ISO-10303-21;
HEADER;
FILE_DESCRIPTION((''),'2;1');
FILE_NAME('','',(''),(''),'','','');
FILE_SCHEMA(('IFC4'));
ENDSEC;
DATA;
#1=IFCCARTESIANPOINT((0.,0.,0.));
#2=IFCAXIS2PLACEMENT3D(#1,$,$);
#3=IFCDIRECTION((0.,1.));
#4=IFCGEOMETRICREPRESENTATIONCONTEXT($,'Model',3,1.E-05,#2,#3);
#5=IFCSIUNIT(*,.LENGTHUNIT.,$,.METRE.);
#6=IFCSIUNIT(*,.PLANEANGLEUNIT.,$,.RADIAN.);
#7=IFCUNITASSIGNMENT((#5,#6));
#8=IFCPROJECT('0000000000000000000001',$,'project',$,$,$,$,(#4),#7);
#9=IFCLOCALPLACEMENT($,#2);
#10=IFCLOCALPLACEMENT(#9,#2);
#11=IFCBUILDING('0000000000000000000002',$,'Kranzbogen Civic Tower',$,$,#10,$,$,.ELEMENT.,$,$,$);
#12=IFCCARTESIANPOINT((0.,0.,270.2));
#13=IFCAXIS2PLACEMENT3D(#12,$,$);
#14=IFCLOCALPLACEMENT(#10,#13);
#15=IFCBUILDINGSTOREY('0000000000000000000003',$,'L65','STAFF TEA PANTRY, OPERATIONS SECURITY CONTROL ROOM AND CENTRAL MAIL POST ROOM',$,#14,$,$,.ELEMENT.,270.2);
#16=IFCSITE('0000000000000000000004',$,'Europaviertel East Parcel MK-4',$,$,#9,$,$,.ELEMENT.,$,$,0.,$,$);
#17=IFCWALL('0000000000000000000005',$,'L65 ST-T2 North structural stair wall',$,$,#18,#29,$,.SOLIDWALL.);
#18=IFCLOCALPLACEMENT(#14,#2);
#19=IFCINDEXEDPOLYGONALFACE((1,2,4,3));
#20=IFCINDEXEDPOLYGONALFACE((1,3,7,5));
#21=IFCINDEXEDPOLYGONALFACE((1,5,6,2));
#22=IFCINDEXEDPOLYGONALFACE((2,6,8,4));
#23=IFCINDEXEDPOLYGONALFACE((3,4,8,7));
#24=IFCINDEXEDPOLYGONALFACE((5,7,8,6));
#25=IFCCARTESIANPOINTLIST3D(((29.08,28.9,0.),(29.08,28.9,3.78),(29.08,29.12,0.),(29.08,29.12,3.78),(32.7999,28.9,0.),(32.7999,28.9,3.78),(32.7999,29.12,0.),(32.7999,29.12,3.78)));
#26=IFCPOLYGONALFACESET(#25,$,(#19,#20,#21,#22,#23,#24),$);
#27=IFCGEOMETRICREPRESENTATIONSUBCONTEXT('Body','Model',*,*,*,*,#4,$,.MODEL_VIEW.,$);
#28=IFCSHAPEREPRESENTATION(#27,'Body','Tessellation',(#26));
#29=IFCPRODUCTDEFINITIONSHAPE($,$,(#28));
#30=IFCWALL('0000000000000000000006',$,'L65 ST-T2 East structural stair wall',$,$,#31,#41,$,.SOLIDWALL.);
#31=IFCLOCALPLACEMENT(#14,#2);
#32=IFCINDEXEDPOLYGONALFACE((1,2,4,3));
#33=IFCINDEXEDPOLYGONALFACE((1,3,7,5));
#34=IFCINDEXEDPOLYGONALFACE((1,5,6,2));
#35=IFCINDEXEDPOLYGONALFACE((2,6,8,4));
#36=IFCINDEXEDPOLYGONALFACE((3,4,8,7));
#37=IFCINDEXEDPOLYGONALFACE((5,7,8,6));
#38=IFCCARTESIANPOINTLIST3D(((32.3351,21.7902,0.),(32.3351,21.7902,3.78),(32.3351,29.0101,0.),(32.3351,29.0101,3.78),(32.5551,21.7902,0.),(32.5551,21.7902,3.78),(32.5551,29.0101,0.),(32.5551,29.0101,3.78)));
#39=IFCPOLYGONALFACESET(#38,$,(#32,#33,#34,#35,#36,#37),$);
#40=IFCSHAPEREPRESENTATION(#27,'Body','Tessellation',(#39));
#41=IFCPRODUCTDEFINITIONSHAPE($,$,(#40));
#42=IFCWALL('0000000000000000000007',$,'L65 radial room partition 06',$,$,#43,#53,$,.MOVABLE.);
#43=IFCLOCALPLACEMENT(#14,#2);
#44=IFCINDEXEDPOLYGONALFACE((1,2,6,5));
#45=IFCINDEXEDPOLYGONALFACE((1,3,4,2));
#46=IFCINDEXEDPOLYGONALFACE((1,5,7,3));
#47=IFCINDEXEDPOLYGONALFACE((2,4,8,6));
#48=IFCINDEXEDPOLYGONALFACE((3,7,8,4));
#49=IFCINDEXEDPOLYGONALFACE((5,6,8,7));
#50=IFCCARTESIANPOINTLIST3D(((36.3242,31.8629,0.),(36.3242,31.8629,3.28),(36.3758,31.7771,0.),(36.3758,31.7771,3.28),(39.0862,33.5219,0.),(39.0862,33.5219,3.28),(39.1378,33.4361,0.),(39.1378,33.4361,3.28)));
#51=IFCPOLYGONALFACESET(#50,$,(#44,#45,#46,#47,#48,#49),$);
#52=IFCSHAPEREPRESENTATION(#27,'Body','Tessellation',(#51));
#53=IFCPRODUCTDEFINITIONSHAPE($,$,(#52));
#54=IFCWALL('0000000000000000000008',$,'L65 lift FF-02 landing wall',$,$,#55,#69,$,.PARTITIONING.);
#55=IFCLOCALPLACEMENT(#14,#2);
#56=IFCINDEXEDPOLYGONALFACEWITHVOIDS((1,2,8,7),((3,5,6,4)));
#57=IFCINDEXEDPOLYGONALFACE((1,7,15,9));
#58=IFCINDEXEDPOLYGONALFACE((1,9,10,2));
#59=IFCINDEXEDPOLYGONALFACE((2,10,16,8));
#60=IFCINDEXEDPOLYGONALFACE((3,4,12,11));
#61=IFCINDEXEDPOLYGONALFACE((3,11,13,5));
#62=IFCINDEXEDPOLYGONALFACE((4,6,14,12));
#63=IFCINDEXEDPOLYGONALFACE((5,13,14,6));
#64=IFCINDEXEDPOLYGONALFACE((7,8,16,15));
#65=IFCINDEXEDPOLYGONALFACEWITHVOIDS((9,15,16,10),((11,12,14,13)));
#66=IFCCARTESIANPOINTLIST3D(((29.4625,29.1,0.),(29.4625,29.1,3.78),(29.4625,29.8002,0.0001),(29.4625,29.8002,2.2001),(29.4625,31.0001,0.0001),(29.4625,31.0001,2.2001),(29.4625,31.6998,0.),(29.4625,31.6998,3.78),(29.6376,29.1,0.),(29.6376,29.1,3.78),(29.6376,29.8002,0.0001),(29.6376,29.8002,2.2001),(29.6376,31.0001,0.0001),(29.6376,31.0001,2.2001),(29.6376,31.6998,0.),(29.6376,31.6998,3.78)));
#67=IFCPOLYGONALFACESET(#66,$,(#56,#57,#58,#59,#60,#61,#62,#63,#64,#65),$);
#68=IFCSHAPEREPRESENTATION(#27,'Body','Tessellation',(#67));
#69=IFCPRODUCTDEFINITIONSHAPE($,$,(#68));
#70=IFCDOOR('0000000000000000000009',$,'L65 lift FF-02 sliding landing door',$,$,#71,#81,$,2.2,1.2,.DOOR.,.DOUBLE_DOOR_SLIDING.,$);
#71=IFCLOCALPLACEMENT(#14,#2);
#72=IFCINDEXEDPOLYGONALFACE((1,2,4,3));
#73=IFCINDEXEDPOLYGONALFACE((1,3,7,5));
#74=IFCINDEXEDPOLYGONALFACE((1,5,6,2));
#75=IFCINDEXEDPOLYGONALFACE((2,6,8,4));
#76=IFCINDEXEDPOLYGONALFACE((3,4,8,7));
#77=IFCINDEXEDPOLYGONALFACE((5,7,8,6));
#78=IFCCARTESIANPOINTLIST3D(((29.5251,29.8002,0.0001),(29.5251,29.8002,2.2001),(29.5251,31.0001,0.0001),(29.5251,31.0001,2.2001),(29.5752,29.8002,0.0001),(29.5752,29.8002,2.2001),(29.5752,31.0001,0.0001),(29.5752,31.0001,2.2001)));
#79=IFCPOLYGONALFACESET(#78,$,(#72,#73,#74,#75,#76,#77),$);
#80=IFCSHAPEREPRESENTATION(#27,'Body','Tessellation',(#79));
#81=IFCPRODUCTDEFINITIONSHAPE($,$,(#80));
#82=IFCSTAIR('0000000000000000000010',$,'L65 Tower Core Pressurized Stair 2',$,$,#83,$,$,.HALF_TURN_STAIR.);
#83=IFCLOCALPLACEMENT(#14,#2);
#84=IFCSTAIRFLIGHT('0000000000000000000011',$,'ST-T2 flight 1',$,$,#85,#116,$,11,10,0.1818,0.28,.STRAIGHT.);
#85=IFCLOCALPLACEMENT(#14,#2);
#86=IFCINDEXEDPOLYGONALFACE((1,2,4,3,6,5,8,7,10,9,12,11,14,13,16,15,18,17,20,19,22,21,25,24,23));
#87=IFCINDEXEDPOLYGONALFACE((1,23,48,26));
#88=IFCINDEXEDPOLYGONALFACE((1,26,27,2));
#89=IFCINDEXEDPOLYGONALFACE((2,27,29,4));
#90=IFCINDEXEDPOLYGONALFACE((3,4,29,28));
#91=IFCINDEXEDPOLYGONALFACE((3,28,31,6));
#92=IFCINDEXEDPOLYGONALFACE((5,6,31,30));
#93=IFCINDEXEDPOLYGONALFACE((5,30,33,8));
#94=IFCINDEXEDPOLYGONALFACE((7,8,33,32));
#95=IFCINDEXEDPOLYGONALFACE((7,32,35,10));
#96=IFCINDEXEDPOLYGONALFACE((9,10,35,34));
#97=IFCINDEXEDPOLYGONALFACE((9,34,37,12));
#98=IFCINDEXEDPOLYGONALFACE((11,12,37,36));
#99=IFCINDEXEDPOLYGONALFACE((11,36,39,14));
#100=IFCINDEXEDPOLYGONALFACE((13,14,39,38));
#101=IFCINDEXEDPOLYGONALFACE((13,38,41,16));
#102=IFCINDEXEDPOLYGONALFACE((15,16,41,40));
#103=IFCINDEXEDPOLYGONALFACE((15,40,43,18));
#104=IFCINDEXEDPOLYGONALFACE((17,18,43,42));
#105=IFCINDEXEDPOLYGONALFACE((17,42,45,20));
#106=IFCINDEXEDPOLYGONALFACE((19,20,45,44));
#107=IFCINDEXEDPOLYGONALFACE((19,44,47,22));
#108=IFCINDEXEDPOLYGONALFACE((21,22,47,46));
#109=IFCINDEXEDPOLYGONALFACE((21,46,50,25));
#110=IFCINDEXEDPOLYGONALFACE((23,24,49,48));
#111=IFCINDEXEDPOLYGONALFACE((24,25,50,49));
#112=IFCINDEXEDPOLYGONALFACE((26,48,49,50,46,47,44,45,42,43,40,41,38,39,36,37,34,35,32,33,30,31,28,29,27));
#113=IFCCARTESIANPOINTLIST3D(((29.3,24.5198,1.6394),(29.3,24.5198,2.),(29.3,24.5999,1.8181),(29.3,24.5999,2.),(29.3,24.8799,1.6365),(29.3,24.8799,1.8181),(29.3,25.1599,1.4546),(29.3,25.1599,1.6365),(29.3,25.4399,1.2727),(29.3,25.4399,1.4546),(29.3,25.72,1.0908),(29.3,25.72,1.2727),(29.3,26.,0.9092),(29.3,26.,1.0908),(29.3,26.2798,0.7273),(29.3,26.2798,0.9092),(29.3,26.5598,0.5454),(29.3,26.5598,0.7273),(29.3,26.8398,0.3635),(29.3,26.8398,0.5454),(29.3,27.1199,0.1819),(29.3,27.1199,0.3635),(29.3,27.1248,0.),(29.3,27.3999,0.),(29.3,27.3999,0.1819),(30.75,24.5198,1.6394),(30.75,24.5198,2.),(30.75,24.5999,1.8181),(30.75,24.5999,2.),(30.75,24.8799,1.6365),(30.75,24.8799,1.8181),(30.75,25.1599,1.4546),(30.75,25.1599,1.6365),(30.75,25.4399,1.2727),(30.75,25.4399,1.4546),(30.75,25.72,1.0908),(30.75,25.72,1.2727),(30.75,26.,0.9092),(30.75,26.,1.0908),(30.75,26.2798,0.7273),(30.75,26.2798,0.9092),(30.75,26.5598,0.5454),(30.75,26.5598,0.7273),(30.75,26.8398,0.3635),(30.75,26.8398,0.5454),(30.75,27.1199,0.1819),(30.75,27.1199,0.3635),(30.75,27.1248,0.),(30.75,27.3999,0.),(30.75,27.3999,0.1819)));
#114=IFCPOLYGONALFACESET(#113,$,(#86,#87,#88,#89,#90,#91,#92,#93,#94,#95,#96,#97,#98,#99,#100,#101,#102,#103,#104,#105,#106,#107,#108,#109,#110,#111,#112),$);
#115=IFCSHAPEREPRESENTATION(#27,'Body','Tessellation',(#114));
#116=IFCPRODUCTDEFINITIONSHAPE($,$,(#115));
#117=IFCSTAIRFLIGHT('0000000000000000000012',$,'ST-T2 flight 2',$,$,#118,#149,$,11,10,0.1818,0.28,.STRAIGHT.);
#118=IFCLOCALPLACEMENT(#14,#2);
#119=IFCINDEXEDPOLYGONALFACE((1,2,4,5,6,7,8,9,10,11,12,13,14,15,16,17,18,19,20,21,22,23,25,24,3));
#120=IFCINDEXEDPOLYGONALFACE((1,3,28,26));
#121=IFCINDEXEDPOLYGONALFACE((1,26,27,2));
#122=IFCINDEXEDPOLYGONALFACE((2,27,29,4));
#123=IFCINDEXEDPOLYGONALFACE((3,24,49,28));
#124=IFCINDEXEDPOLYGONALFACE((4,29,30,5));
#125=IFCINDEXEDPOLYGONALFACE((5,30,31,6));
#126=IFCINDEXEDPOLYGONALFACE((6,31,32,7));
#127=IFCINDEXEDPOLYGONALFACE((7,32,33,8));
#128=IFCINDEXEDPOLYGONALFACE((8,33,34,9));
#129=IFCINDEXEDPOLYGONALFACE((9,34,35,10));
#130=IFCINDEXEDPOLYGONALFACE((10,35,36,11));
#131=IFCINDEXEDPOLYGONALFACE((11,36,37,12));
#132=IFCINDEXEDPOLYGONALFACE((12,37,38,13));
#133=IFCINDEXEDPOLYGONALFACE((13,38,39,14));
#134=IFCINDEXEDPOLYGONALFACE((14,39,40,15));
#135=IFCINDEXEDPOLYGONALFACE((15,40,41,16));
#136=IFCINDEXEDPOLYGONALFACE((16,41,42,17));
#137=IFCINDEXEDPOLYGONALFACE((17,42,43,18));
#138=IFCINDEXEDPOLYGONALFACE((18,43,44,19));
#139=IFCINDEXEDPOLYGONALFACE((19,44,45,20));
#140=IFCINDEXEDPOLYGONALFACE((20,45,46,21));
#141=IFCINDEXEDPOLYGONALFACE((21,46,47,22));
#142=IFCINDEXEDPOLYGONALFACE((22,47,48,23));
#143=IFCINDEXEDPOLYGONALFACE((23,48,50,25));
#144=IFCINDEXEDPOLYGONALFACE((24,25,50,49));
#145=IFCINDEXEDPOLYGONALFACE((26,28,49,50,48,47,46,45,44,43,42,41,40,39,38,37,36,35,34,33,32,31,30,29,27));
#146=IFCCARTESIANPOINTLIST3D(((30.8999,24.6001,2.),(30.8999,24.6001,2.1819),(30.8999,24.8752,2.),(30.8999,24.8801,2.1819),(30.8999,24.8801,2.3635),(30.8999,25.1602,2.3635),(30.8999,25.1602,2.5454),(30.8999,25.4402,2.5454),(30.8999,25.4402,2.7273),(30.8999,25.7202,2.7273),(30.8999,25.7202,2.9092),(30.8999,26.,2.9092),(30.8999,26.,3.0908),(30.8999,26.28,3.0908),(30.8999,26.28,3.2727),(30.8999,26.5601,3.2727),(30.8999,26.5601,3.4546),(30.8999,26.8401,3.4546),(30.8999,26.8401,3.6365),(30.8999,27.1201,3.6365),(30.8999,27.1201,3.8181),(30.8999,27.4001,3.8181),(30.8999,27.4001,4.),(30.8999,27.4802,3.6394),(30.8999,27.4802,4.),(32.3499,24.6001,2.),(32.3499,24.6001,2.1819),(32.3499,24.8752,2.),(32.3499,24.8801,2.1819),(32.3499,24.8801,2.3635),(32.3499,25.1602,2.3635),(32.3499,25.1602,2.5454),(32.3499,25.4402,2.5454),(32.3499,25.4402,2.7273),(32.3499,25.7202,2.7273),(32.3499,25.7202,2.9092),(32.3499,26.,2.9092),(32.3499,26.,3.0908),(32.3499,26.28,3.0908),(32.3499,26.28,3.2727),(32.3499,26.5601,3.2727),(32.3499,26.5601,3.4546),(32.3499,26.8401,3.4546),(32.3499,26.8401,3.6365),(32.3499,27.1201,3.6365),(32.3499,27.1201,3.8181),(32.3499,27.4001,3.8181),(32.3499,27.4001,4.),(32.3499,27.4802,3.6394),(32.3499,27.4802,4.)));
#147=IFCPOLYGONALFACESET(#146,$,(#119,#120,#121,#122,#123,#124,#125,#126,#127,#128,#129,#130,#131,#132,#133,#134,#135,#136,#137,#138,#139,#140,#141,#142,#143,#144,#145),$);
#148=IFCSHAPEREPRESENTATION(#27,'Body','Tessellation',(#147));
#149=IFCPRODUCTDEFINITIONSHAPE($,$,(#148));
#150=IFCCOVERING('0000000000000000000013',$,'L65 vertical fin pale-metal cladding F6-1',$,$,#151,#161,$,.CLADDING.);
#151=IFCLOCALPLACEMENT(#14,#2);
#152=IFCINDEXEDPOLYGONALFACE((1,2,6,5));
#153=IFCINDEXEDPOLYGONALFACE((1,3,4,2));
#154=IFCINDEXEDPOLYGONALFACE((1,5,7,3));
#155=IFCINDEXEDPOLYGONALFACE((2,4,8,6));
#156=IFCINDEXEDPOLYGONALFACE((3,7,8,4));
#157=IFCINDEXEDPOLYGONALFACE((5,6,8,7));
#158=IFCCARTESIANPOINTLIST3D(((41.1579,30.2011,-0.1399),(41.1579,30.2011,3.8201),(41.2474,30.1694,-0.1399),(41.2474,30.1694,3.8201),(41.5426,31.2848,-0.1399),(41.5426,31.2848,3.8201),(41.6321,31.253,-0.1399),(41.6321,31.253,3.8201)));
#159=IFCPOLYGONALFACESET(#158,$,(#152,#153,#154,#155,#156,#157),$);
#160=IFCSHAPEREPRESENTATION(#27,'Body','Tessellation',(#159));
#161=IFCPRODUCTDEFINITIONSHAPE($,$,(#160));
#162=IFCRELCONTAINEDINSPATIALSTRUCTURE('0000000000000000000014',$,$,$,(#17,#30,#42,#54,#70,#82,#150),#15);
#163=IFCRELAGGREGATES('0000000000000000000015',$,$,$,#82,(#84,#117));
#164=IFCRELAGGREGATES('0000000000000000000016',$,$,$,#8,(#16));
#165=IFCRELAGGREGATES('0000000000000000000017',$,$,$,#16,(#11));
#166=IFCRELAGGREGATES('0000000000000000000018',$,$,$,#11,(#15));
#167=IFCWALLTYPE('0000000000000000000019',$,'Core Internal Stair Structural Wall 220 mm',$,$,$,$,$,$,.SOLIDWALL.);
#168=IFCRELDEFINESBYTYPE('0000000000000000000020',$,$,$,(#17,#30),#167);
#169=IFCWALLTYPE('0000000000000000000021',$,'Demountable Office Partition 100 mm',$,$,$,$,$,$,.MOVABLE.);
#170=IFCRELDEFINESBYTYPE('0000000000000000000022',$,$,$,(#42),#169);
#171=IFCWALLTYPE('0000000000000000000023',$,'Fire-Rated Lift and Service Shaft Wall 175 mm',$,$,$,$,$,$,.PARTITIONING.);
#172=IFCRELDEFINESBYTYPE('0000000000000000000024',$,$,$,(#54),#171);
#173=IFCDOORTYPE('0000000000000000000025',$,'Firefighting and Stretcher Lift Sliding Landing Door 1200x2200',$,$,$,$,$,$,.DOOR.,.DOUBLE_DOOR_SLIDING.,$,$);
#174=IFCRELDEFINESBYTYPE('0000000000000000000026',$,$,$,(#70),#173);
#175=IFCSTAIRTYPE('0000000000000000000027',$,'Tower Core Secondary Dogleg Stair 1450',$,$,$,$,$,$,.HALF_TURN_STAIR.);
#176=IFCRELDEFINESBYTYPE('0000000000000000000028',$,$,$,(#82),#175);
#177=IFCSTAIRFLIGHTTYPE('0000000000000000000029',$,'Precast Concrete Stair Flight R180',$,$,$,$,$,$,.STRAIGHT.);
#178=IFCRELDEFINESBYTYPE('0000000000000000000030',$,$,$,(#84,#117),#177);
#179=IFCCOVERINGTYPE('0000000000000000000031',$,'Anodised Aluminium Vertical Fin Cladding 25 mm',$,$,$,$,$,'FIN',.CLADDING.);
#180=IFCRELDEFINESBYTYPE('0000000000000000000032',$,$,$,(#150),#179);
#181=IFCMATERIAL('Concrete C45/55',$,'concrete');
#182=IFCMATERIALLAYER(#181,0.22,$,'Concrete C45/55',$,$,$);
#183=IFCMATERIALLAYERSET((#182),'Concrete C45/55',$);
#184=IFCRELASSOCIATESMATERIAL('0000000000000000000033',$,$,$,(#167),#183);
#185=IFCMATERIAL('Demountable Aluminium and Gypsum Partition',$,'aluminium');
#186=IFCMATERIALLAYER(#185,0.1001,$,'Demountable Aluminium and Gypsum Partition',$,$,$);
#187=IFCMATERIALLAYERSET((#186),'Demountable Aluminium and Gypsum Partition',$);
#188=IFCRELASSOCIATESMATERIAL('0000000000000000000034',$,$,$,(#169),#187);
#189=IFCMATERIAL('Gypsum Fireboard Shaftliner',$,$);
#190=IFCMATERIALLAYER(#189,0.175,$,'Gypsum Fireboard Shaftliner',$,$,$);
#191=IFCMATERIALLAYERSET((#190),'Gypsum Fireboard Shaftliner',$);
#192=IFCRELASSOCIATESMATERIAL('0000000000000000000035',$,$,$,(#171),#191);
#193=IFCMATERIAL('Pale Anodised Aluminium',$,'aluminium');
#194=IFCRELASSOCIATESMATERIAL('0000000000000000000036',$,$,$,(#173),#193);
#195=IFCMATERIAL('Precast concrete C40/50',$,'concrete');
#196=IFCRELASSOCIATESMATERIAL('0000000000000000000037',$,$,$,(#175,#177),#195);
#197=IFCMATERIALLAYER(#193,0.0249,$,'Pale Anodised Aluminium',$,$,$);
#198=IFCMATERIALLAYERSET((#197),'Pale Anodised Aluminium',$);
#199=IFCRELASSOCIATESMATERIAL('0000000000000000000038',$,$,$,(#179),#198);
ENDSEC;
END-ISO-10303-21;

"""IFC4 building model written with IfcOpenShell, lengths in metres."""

from ifc_helpers import new_model, si_unit, direction, frame, frame_2d, origin, origin_2d, place, context, subcontext, project, spatial, polyline, rectangle, outline, extrude, material, layer, layer_set, type_object, element, fill, aggregate, save


model = new_model("IFC4")

# Units and contexts
model_context = context("Model", 3, precision=1e-05, world=origin(), true_north=direction((0.0, 1.0)))
body_context = subcontext(model_context, "Body", "Model", "MODEL_VIEW")
ifc_project = project(units=[si_unit("LENGTHUNIT", "METRE"), si_unit("PLANEANGLEUNIT", "RADIAN")], contexts=[model_context])

# Site, building, storey
site_placement = place(None, origin())
site = spatial("IfcSite", under=ifc_project, at=site_placement, Name="Europaviertel East Parcel MK-4", CompositionType="ELEMENT", RefElevation=0.0)
building_placement = place(site_placement, origin())
building = spatial("IfcBuilding", under=site, at=building_placement, Name="Kranzbogen Civic Tower", CompositionType="ELEMENT")
storey_placement = place(building_placement, frame((0.0, 0.0, 270.2)))
storey = spatial("IfcBuildingStorey", under=building, at=storey_placement, Name="L65", Description="STAFF TEA PANTRY, OPERATIONS SECURITY CONTROL ROOM AND CENTRAL MAIL POST ROOM", CompositionType="ELEMENT", Elevation=270.2)

# Shared definitions
ifc_material_1 = material(Name="Pale Anodised Aluminium", Category="aluminium")

# Shared definitions
ifc_material_2 = material(Name="Concrete C45/55", Category="concrete")

# Walls
ifc_layer_1 = layer(ifc_material_2, 0.22, Name="Concrete C45/55")
ifc_layer_set_1 = layer_set([ifc_layer_1], Name="Concrete C45/55")
wall_type_1 = type_object("IfcWallType", Name="Core Internal Stair Structural Wall 220 mm", PredefinedType="SOLIDWALL", material=ifc_layer_set_1)
wall_1_placement = place(storey_placement, frame((29.0801, 29.01, 0.0), z_axis=(0.0, 0.0, 1.0), x_axis=(1.0, 0.0, 0.0)))
element("IfcWall", 1, at=wall_1_placement, inside=storey, type_object=wall_type_1, Name="L65 ST-T2 North structural stair wall", PredefinedType="SOLIDWALL", context=body_context, shape_type="SweptSolid", body=[
    extrude(rectangle(XDim=3.72, YDim=0.22, at=frame_2d((1.8599, 0.0))), origin(), (0.0, 0.0, 1.0), 3.78),
])
wall_2_placement = place(storey_placement, frame((32.4451, 29.01, 0.0), z_axis=(0.0, 0.0, 1.0), x_axis=(0.0, -1.0, 0.0)))
element("IfcWall", 2, at=wall_2_placement, inside=storey, type_object=wall_type_1, Name="L65 ST-T2 East structural stair wall", PredefinedType="SOLIDWALL", context=body_context, shape_type="SweptSolid", body=[
    extrude(rectangle(XDim=7.22, YDim=0.22, at=frame_2d((3.6099, 0.0))), origin(), (0.0, 0.0, 1.0), 3.78),
])
ifc_material_3 = material(Name="Demountable Aluminium and Gypsum Partition", Category="aluminium")
ifc_layer_2 = layer(ifc_material_3, 0.1001, Name="Demountable Aluminium and Gypsum Partition")
ifc_layer_set_2 = layer_set([ifc_layer_2], Name="Demountable Aluminium and Gypsum Partition")
wall_type_2 = type_object("IfcWallType", Name="Demountable Office Partition 100 mm", PredefinedType="MOVABLE", material=ifc_layer_set_2)
wall_3_placement = place(storey_placement, frame((36.3501, 31.8201, 0.0), z_axis=(0.0, 0.0, 1.0), x_axis=(0.857252, 0.514897, 0.0)))
element("IfcWall", 3, at=wall_3_placement, inside=storey, type_object=wall_type_2, Name="L65 radial room partition 06", PredefinedType="MOVABLE", context=body_context, shape_type="SweptSolid", body=[
    extrude(rectangle(XDim=3.2219, YDim=0.1001, at=frame_2d((1.6108, 0.0))), origin(), (0.0, 0.0, 1.0), 3.28),
])

# Wall, opening, door
ifc_material_4 = material(Name="Gypsum Fireboard Shaftliner")
ifc_layer_3 = layer(ifc_material_4, 0.175, Name="Gypsum Fireboard Shaftliner")
ifc_layer_set_3 = layer_set([ifc_layer_3], Name="Gypsum Fireboard Shaftliner")
wall_type_3 = type_object("IfcWallType", Name="Fire-Rated Lift and Service Shaft Wall 175 mm", PredefinedType="PARTITIONING", material=ifc_layer_set_3)
wall_4_placement = place(storey_placement, frame((29.55, 29.1001, 0.0), z_axis=(0.0, 0.0, 1.0), x_axis=(0.0, 1.0, 0.0)))
wall_4 = element("IfcWall", 4, at=wall_4_placement, inside=storey, type_object=wall_type_3, Name="L65 lift FF-02 landing wall", PredefinedType="PARTITIONING", context=body_context, shape_type="SweptSolid", body=[
    extrude(rectangle(XDim=2.5999, YDim=0.175, at=frame_2d((1.2998, 0.0))), origin(), (0.0, 0.0, 1.0), 3.78),
])
opening_1_placement = place(wall_4_placement, frame((0.7, 0.0, 0.0)))
opening_1 = element("IfcOpeningElement", 5, at=opening_1_placement, cuts=wall_4, PredefinedType="OPENING", context=body_context, shape_type="SweptSolid", body=[
    extrude(rectangle(XDim=1.2, YDim=2.2, at=frame_2d((0.6001, 1.1001))), frame((0.0, 0.0977, 0.0), z_axis=(0.0, -1.0, 0.0), x_axis=(1.0, 0.0, 0.0)), (0.0, 0.0, 1.0), 0.1951),
])
door_type_1 = type_object("IfcDoorType", Name="Firefighting and Stretcher Lift Sliding Landing Door 1200x2200", OperationType="DOUBLE_DOOR_SLIDING", PredefinedType="DOOR", material=ifc_material_1)
door_1_placement = place(opening_1_placement, origin())
door_1 = element("IfcDoor", 6, at=door_1_placement, inside=storey, type_object=door_type_1, Name="L65 lift FF-02 sliding landing door", OperationType="DOUBLE_DOOR_SLIDING", OverallHeight=2.2, OverallWidth=1.2, PredefinedType="DOOR", context=body_context, shape_type="SweptSolid", body=[
    extrude(rectangle(XDim=1.2, YDim=2.2, at=frame_2d((0.6001, 1.1001))), frame((0.0, 0.0249, 0.0), z_axis=(0.0, -1.0, 0.0), x_axis=(1.0, 0.0, 0.0)), (0.0, 0.0, 1.0), 0.05),
])
fill(opening_1, door_1)

# Stair, stair flights
ifc_material_5 = material(Name="Precast concrete C40/50", Category="concrete")
stair_type = type_object("IfcStairType", Name="Tower Core Secondary Dogleg Stair 1450", PredefinedType="HALF_TURN_STAIR", material=ifc_material_5)
stair_placement = place(storey_placement, origin())
stair = element("IfcStair", 7, at=stair_placement, inside=storey, type_object=stair_type, Name="L65 Tower Core Pressurized Stair 2", PredefinedType="HALF_TURN_STAIR")
stair_flight_type = type_object("IfcStairFlightType", Name="Precast Concrete Stair Flight R180", PredefinedType="STRAIGHT", material=ifc_material_5)
stair_flight_1_placement = place(storey_placement, frame((30.0249, 27.3999, 0.0), z_axis=(0.0, 0.0, 1.0), x_axis=(0.0, -1.0, 0.0)))
stair_flight_1 = element("IfcStairFlight", 8, at=stair_flight_1_placement, type_object=stair_flight_type, Name="ST-T2 flight 1", NumberOfRisers=11, NumberOfTreads=10, PredefinedType="STRAIGHT", RiserHeight=0.1818, TreadLength=0.28, context=body_context, shape_type="SweptSolid", body=[
    extrude(outline(polyline([(0.0, 0.0), (0.0, 0.1819), (0.28, 0.1819), (0.28, 0.3635), (0.5601, 0.3635), (0.5601, 0.5454), (0.8401, 0.5454), (0.8401, 0.7273), (1.1201, 0.7273), (1.1201, 0.9092), (1.3999, 0.9092), (1.3999, 1.0908), (1.6799, 1.0908), (1.6799, 1.2727), (1.96, 1.2727), (1.96, 1.4546), (2.24, 1.4546), (2.24, 1.6365), (2.52, 1.6365), (2.52, 1.8181), (2.8, 1.8181), (2.8, 2.0), (2.8801, 2.0), (2.8801, 1.6394), (0.2751, 0.0), (0.0, 0.0)])), frame((0.0, 0.7251, 0.0), z_axis=(0.0, -1.0, 0.0), x_axis=(1.0, 0.0, 0.0)), (0.0, 0.0, 1.0), 1.45),
])
stair_flight_2_placement = place(storey_placement, frame((31.625, 24.6001, 2.0), z_axis=(0.0, 0.0, 1.0), x_axis=(0.0, 1.0, 0.0)))
stair_flight_2 = element("IfcStairFlight", 9, at=stair_flight_2_placement, type_object=stair_flight_type, Name="ST-T2 flight 2", NumberOfRisers=11, NumberOfTreads=10, PredefinedType="STRAIGHT", RiserHeight=0.1818, TreadLength=0.28, context=body_context, shape_type="SweptSolid", body=[
    extrude(outline(polyline([(0.0, 0.0), (0.0, 0.1819), (0.28, 0.1819), (0.28, 0.3635), (0.5601, 0.3635), (0.5601, 0.5454), (0.8401, 0.5454), (0.8401, 0.7273), (1.1201, 0.7273), (1.1201, 0.9092), (1.3999, 0.9092), (1.3999, 1.0908), (1.6799, 1.0908), (1.6799, 1.2727), (1.96, 1.2727), (1.96, 1.4546), (2.24, 1.4546), (2.24, 1.6365), (2.52, 1.6365), (2.52, 1.8181), (2.8, 1.8181), (2.8, 2.0), (2.8801, 2.0), (2.8801, 1.6394), (0.2751, 0.0), (0.0, 0.0)])), frame((0.0, 0.7251, 0.0), z_axis=(0.0, -1.0, 0.0), x_axis=(1.0, 0.0, 0.0)), (0.0, 0.0, 1.0), 1.45),
])
aggregate(stair, [stair_flight_1, stair_flight_2])

# Covering
ifc_layer_4 = layer(ifc_material_1, 0.0249, Name="Pale Anodised Aluminium")
ifc_layer_set_4 = layer_set([ifc_layer_4], Name="Pale Anodised Aluminium")
covering_type = type_object("IfcCoveringType", Name="Anodised Aluminium Vertical Fin Cladding 25 mm", ElementType="FIN", PredefinedType="CLADDING", material=ifc_layer_set_4)
covering_placement = place(storey_placement, frame((41.395, 30.7271, -0.1399), z_axis=(0.0, 0.0, 1.0), x_axis=(0.334596, 0.942362, 0.0)))
element("IfcCovering", 10, at=covering_placement, inside=storey, type_object=covering_type, Name="L65 vertical fin pale-metal cladding F6-1", PredefinedType="CLADDING", context=body_context, shape_type="SweptSolid", body=[
    extrude(rectangle(XDim=1.1499, YDim=0.095, at=origin_2d()), origin(), (0.0, 0.0, 1.0), 3.96),
])

save(model, "model.ifc")
